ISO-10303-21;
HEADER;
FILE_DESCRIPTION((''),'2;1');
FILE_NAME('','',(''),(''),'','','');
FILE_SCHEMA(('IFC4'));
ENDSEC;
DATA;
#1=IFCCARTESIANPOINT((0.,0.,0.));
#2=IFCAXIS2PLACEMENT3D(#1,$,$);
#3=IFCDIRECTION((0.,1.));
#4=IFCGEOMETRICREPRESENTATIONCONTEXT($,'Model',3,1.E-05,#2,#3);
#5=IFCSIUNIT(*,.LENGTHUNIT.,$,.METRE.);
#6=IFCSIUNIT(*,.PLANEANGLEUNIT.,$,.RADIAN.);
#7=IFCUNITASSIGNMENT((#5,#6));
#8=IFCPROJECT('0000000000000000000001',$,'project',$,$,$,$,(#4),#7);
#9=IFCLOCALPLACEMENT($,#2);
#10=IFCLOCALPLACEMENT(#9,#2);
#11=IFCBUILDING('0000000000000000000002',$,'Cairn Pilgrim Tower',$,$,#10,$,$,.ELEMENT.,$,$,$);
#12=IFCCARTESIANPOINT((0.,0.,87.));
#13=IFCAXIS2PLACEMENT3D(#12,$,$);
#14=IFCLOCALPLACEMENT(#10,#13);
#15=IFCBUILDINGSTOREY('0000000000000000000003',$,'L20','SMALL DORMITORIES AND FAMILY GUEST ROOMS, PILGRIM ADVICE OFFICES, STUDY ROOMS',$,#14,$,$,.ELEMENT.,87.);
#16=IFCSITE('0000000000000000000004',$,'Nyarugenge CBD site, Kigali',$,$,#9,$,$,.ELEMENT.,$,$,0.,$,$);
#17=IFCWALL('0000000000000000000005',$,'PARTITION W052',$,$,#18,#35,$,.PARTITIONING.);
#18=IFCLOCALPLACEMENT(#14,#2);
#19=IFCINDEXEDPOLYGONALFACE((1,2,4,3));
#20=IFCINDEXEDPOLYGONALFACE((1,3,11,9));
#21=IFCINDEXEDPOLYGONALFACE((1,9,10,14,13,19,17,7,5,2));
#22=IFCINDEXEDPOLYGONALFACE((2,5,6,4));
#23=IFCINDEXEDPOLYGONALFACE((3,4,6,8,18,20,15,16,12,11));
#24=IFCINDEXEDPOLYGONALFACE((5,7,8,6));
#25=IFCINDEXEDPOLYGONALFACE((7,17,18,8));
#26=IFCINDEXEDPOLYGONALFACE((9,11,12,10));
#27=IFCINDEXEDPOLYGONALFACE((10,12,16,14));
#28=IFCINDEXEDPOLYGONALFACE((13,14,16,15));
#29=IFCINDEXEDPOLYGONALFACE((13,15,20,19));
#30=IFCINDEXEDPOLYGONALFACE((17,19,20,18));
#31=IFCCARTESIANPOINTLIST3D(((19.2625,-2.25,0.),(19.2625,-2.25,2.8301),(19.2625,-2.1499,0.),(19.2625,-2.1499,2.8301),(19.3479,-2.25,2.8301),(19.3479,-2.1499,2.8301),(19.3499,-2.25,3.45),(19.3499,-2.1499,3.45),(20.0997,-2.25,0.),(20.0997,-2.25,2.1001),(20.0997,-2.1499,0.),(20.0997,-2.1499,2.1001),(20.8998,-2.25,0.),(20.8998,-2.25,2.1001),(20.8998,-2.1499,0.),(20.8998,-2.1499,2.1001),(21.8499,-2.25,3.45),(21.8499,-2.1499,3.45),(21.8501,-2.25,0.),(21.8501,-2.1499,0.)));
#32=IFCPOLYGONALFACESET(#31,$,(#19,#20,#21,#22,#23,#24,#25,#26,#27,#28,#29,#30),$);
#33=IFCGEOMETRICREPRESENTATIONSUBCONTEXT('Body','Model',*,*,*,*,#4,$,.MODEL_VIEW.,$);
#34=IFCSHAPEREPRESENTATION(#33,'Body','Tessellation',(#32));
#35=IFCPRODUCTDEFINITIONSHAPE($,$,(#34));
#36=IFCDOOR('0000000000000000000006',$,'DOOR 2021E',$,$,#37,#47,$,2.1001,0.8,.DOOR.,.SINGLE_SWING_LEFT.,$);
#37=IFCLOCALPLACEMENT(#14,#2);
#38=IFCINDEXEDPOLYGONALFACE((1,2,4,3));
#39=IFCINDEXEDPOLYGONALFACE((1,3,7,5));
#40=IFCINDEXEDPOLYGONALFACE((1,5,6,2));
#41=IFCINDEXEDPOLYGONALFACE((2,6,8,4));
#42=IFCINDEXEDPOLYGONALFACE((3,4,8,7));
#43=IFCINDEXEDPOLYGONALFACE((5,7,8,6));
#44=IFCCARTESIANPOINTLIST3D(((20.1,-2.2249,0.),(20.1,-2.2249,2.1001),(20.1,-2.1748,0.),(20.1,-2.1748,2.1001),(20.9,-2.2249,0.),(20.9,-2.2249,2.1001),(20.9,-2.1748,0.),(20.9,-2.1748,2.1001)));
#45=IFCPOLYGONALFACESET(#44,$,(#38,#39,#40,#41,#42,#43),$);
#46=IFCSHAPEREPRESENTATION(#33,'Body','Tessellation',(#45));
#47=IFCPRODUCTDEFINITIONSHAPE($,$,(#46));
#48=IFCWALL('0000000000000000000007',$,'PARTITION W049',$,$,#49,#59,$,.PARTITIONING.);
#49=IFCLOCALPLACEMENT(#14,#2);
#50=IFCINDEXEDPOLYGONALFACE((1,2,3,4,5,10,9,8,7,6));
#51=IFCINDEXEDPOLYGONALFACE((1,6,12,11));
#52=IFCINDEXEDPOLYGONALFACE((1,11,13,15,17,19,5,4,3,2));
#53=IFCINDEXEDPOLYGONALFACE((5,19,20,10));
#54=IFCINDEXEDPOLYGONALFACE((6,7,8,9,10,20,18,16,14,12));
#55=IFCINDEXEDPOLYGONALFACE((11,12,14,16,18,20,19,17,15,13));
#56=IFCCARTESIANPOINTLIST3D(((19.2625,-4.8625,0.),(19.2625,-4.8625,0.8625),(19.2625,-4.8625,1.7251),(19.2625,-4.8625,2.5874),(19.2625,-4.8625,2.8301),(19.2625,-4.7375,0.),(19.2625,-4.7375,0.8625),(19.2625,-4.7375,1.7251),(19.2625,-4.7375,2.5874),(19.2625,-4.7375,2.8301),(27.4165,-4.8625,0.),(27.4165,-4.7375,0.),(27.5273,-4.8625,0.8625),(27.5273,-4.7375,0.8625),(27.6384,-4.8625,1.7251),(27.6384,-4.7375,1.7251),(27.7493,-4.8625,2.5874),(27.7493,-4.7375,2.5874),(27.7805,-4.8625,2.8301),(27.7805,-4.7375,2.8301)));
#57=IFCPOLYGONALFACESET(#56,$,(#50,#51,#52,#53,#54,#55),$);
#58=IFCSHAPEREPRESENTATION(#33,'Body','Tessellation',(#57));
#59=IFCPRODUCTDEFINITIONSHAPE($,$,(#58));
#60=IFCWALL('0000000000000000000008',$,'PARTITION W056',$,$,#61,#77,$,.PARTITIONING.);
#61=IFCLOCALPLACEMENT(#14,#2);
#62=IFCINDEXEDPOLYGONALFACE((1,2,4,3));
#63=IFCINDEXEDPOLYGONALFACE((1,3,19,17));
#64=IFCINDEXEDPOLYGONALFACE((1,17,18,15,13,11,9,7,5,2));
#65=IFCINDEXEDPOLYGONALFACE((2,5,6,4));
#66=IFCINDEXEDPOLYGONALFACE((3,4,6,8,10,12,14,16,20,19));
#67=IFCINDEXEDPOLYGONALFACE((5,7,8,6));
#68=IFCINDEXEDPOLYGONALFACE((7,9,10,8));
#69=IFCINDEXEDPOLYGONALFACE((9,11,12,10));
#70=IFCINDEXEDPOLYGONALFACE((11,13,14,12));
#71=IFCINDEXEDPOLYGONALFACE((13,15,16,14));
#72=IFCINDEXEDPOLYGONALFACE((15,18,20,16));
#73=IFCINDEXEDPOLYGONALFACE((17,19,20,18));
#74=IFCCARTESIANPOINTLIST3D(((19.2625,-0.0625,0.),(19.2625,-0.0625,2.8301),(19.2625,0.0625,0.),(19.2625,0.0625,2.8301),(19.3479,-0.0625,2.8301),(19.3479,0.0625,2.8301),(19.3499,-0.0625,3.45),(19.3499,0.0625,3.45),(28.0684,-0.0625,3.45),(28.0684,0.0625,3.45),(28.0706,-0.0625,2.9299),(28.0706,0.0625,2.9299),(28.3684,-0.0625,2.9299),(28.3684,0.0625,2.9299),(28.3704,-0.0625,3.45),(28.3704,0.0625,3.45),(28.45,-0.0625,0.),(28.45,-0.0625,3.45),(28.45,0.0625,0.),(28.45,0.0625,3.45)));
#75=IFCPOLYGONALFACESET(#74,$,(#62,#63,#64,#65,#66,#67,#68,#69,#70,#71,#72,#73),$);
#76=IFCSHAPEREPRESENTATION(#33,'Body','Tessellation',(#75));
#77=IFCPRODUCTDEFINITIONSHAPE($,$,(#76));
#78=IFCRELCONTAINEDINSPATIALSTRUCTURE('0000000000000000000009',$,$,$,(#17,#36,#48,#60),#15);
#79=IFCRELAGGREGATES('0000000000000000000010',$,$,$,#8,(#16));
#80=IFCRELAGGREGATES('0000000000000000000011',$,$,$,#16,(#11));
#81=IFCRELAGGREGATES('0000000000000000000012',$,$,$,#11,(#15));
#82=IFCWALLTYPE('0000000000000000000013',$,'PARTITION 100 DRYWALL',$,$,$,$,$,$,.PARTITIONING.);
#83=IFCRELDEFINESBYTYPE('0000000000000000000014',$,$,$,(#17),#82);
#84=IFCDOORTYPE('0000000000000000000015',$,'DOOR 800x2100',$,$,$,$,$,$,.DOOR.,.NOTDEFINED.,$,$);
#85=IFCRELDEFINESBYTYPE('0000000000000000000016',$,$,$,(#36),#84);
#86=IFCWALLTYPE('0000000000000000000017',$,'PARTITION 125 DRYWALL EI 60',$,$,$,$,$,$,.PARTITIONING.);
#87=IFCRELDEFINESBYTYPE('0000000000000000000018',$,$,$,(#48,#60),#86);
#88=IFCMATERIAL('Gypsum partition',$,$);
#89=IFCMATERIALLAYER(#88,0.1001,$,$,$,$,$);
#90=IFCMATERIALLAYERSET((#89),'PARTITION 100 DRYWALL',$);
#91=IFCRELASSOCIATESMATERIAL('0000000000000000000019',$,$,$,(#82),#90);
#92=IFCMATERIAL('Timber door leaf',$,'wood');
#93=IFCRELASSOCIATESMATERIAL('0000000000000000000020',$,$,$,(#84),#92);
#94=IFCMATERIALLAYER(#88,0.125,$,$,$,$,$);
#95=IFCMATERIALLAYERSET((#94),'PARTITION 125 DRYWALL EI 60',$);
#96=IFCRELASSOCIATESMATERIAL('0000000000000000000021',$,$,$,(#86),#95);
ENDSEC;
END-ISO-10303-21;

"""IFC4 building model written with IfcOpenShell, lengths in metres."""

from ifc_helpers import new_model, si_unit, direction, frame, frame_2d, origin, place, context, subcontext, project, spatial, polyline, rectangle, outline, extrude, material, layer, layer_set, type_object, element, fill, save


model = new_model("IFC4")

# Units and contexts
model_context = context("Model", 3, precision=1e-05, world=origin(), true_north=direction((0.0, 1.0)))
body_context = subcontext(model_context, "Body", "Model", "MODEL_VIEW")
ifc_project = project(units=[si_unit("LENGTHUNIT", "METRE"), si_unit("PLANEANGLEUNIT", "RADIAN")], contexts=[model_context])

# Site, building, storey
site_placement = place(None, origin())
site = spatial("IfcSite", under=ifc_project, at=site_placement, Name="Nyarugenge CBD site, Kigali", CompositionType="ELEMENT", RefElevation=0.0)
building_placement = place(site_placement, origin())
building = spatial("IfcBuilding", under=site, at=building_placement, Name="Cairn Pilgrim Tower", CompositionType="ELEMENT")
storey_placement = place(building_placement, frame((0.0, 0.0, 87.0)))
storey = spatial("IfcBuildingStorey", under=building, at=storey_placement, Name="L20", Description="SMALL DORMITORIES AND FAMILY GUEST ROOMS, PILGRIM ADVICE OFFICES, STUDY ROOMS", CompositionType="ELEMENT", Elevation=87.0)

# Shared definitions
ifc_material_1 = material(Name="Gypsum partition")
ifc_layer_1 = layer(ifc_material_1, 0.1001)
ifc_layer_set_1 = layer_set([ifc_layer_1], Name="PARTITION 100 DRYWALL")
wall_type_1 = type_object("IfcWallType", Name="PARTITION 100 DRYWALL", PredefinedType="PARTITIONING", material=ifc_layer_set_1)

# Wall, opening, door
wall_1_placement = place(storey_placement, frame((19.2625, -2.2, 0.0), z_axis=(0.0, 0.0, 1.0), x_axis=(1.0, 0.0, 0.0)))
wall_1 = element("IfcWall", 1, at=wall_1_placement, inside=storey, type_object=wall_type_1, Name="PARTITION W052", PredefinedType="PARTITIONING", context=body_context, shape_type="SweptSolid", body=[
    extrude(outline(polyline([(0.0, 0.0), (2.5876, 0.0), (2.5874, 3.45), (0.0874, 3.45), (0.0854, 2.8301), (0.0, 2.8301), (0.0, 0.0)])), frame((0.0, 0.05, 0.0), z_axis=(0.0, -1.0, 0.0), x_axis=(1.0, 0.0, 0.0)), (0.0, 0.0, 1.0), 0.1001),
])
opening_1_placement = place(wall_1_placement, frame((0.8374, 0.0, 0.0)))
opening_1 = element("IfcOpeningElement", 2, at=opening_1_placement, cuts=wall_1, PredefinedType="OPENING", context=body_context, shape_type="SweptSolid", body=[
    extrude(rectangle(XDim=0.8, YDim=2.1001, at=frame_2d((0.3999, 1.05))), frame((0.0, 0.0601, 0.0), z_axis=(0.0, -1.0, 0.0), x_axis=(1.0, 0.0, 0.0)), (0.0, 0.0, 1.0), 0.1201),
])
ifc_material_2 = material(Name="Timber door leaf", Category="wood")
door_type_1 = type_object("IfcDoorType", Name="DOOR 800x2100", OperationType="NOTDEFINED", PredefinedType="DOOR", material=ifc_material_2)
door_1_placement = place(opening_1_placement, frame((0.8, 0.0, 0.0), z_axis=(0.0, 0.0, 1.0), x_axis=(-1.0, 0.0, 0.0)))
door_1 = element("IfcDoor", 3, at=door_1_placement, inside=storey, type_object=door_type_1, Name="DOOR 2021E", OperationType="SINGLE_SWING_LEFT", OverallHeight=2.1001, OverallWidth=0.8, PredefinedType="DOOR", context=body_context, shape_type="SweptSolid", body=[
    extrude(rectangle(XDim=0.8, YDim=2.1001, at=frame_2d((0.3999, 1.05))), frame((0.0, 0.0249, 0.0), z_axis=(0.0, -1.0, 0.0), x_axis=(1.0, 0.0, 0.0)), (0.0, 0.0, 1.0), 0.05),
])
fill(opening_1, door_1)

# Walls
ifc_layer_2 = layer(ifc_material_1, 0.125)
ifc_layer_set_2 = layer_set([ifc_layer_2], Name="PARTITION 125 DRYWALL EI 60")
wall_type_2 = type_object("IfcWallType", Name="PARTITION 125 DRYWALL EI 60", PredefinedType="PARTITIONING", material=ifc_layer_set_2)
wall_2_placement = place(storey_placement, frame((19.2625, -4.8, 0.0), z_axis=(0.0, 0.0, 1.0), x_axis=(1.0, 0.0, 0.0)))
element("IfcWall", 4, at=wall_2_placement, inside=storey, type_object=wall_type_2, Name="PARTITION W049", PredefinedType="PARTITIONING", context=body_context, shape_type="SweptSolid", body=[
    extrude(outline(polyline([(0.0, 0.0), (8.1541, 0.0), (8.2649, 0.8625), (8.376, 1.7251), (8.4868, 2.5874), (8.5181, 2.8301), (0.0, 2.8301), (0.0, 2.5874), (0.0, 1.7251), (0.0, 0.8625), (0.0, 0.0)])), frame((0.0, 0.0625, 0.0), z_axis=(0.0, -1.0, 0.0), x_axis=(1.0, 0.0, 0.0)), (0.0, 0.0, 1.0), 0.125),
])
wall_3_placement = place(storey_placement, frame((19.2625, 0.0, 0.0), z_axis=(0.0, 0.0, 1.0), x_axis=(1.0, 0.0, 0.0)))
element("IfcWall", 5, at=wall_3_placement, inside=storey, type_object=wall_type_2, Name="PARTITION W056", PredefinedType="PARTITIONING", context=body_context, shape_type="SweptSolid", body=[
    extrude(outline(polyline([(0.0, 0.0), (9.1875, 0.0), (9.1875, 3.45), (9.1079, 3.45), (9.106, 2.9299), (8.8081, 2.9299), (8.8059, 3.45), (0.0874, 3.45), (0.0854, 2.8301), (0.0, 2.8301), (0.0, 0.0)])), frame((0.0, 0.0625, 0.0), z_axis=(0.0, -1.0, 0.0), x_axis=(1.0, 0.0, 0.0)), (0.0, 0.0, 1.0), 0.125),
])

save(model, "model.ifc")
